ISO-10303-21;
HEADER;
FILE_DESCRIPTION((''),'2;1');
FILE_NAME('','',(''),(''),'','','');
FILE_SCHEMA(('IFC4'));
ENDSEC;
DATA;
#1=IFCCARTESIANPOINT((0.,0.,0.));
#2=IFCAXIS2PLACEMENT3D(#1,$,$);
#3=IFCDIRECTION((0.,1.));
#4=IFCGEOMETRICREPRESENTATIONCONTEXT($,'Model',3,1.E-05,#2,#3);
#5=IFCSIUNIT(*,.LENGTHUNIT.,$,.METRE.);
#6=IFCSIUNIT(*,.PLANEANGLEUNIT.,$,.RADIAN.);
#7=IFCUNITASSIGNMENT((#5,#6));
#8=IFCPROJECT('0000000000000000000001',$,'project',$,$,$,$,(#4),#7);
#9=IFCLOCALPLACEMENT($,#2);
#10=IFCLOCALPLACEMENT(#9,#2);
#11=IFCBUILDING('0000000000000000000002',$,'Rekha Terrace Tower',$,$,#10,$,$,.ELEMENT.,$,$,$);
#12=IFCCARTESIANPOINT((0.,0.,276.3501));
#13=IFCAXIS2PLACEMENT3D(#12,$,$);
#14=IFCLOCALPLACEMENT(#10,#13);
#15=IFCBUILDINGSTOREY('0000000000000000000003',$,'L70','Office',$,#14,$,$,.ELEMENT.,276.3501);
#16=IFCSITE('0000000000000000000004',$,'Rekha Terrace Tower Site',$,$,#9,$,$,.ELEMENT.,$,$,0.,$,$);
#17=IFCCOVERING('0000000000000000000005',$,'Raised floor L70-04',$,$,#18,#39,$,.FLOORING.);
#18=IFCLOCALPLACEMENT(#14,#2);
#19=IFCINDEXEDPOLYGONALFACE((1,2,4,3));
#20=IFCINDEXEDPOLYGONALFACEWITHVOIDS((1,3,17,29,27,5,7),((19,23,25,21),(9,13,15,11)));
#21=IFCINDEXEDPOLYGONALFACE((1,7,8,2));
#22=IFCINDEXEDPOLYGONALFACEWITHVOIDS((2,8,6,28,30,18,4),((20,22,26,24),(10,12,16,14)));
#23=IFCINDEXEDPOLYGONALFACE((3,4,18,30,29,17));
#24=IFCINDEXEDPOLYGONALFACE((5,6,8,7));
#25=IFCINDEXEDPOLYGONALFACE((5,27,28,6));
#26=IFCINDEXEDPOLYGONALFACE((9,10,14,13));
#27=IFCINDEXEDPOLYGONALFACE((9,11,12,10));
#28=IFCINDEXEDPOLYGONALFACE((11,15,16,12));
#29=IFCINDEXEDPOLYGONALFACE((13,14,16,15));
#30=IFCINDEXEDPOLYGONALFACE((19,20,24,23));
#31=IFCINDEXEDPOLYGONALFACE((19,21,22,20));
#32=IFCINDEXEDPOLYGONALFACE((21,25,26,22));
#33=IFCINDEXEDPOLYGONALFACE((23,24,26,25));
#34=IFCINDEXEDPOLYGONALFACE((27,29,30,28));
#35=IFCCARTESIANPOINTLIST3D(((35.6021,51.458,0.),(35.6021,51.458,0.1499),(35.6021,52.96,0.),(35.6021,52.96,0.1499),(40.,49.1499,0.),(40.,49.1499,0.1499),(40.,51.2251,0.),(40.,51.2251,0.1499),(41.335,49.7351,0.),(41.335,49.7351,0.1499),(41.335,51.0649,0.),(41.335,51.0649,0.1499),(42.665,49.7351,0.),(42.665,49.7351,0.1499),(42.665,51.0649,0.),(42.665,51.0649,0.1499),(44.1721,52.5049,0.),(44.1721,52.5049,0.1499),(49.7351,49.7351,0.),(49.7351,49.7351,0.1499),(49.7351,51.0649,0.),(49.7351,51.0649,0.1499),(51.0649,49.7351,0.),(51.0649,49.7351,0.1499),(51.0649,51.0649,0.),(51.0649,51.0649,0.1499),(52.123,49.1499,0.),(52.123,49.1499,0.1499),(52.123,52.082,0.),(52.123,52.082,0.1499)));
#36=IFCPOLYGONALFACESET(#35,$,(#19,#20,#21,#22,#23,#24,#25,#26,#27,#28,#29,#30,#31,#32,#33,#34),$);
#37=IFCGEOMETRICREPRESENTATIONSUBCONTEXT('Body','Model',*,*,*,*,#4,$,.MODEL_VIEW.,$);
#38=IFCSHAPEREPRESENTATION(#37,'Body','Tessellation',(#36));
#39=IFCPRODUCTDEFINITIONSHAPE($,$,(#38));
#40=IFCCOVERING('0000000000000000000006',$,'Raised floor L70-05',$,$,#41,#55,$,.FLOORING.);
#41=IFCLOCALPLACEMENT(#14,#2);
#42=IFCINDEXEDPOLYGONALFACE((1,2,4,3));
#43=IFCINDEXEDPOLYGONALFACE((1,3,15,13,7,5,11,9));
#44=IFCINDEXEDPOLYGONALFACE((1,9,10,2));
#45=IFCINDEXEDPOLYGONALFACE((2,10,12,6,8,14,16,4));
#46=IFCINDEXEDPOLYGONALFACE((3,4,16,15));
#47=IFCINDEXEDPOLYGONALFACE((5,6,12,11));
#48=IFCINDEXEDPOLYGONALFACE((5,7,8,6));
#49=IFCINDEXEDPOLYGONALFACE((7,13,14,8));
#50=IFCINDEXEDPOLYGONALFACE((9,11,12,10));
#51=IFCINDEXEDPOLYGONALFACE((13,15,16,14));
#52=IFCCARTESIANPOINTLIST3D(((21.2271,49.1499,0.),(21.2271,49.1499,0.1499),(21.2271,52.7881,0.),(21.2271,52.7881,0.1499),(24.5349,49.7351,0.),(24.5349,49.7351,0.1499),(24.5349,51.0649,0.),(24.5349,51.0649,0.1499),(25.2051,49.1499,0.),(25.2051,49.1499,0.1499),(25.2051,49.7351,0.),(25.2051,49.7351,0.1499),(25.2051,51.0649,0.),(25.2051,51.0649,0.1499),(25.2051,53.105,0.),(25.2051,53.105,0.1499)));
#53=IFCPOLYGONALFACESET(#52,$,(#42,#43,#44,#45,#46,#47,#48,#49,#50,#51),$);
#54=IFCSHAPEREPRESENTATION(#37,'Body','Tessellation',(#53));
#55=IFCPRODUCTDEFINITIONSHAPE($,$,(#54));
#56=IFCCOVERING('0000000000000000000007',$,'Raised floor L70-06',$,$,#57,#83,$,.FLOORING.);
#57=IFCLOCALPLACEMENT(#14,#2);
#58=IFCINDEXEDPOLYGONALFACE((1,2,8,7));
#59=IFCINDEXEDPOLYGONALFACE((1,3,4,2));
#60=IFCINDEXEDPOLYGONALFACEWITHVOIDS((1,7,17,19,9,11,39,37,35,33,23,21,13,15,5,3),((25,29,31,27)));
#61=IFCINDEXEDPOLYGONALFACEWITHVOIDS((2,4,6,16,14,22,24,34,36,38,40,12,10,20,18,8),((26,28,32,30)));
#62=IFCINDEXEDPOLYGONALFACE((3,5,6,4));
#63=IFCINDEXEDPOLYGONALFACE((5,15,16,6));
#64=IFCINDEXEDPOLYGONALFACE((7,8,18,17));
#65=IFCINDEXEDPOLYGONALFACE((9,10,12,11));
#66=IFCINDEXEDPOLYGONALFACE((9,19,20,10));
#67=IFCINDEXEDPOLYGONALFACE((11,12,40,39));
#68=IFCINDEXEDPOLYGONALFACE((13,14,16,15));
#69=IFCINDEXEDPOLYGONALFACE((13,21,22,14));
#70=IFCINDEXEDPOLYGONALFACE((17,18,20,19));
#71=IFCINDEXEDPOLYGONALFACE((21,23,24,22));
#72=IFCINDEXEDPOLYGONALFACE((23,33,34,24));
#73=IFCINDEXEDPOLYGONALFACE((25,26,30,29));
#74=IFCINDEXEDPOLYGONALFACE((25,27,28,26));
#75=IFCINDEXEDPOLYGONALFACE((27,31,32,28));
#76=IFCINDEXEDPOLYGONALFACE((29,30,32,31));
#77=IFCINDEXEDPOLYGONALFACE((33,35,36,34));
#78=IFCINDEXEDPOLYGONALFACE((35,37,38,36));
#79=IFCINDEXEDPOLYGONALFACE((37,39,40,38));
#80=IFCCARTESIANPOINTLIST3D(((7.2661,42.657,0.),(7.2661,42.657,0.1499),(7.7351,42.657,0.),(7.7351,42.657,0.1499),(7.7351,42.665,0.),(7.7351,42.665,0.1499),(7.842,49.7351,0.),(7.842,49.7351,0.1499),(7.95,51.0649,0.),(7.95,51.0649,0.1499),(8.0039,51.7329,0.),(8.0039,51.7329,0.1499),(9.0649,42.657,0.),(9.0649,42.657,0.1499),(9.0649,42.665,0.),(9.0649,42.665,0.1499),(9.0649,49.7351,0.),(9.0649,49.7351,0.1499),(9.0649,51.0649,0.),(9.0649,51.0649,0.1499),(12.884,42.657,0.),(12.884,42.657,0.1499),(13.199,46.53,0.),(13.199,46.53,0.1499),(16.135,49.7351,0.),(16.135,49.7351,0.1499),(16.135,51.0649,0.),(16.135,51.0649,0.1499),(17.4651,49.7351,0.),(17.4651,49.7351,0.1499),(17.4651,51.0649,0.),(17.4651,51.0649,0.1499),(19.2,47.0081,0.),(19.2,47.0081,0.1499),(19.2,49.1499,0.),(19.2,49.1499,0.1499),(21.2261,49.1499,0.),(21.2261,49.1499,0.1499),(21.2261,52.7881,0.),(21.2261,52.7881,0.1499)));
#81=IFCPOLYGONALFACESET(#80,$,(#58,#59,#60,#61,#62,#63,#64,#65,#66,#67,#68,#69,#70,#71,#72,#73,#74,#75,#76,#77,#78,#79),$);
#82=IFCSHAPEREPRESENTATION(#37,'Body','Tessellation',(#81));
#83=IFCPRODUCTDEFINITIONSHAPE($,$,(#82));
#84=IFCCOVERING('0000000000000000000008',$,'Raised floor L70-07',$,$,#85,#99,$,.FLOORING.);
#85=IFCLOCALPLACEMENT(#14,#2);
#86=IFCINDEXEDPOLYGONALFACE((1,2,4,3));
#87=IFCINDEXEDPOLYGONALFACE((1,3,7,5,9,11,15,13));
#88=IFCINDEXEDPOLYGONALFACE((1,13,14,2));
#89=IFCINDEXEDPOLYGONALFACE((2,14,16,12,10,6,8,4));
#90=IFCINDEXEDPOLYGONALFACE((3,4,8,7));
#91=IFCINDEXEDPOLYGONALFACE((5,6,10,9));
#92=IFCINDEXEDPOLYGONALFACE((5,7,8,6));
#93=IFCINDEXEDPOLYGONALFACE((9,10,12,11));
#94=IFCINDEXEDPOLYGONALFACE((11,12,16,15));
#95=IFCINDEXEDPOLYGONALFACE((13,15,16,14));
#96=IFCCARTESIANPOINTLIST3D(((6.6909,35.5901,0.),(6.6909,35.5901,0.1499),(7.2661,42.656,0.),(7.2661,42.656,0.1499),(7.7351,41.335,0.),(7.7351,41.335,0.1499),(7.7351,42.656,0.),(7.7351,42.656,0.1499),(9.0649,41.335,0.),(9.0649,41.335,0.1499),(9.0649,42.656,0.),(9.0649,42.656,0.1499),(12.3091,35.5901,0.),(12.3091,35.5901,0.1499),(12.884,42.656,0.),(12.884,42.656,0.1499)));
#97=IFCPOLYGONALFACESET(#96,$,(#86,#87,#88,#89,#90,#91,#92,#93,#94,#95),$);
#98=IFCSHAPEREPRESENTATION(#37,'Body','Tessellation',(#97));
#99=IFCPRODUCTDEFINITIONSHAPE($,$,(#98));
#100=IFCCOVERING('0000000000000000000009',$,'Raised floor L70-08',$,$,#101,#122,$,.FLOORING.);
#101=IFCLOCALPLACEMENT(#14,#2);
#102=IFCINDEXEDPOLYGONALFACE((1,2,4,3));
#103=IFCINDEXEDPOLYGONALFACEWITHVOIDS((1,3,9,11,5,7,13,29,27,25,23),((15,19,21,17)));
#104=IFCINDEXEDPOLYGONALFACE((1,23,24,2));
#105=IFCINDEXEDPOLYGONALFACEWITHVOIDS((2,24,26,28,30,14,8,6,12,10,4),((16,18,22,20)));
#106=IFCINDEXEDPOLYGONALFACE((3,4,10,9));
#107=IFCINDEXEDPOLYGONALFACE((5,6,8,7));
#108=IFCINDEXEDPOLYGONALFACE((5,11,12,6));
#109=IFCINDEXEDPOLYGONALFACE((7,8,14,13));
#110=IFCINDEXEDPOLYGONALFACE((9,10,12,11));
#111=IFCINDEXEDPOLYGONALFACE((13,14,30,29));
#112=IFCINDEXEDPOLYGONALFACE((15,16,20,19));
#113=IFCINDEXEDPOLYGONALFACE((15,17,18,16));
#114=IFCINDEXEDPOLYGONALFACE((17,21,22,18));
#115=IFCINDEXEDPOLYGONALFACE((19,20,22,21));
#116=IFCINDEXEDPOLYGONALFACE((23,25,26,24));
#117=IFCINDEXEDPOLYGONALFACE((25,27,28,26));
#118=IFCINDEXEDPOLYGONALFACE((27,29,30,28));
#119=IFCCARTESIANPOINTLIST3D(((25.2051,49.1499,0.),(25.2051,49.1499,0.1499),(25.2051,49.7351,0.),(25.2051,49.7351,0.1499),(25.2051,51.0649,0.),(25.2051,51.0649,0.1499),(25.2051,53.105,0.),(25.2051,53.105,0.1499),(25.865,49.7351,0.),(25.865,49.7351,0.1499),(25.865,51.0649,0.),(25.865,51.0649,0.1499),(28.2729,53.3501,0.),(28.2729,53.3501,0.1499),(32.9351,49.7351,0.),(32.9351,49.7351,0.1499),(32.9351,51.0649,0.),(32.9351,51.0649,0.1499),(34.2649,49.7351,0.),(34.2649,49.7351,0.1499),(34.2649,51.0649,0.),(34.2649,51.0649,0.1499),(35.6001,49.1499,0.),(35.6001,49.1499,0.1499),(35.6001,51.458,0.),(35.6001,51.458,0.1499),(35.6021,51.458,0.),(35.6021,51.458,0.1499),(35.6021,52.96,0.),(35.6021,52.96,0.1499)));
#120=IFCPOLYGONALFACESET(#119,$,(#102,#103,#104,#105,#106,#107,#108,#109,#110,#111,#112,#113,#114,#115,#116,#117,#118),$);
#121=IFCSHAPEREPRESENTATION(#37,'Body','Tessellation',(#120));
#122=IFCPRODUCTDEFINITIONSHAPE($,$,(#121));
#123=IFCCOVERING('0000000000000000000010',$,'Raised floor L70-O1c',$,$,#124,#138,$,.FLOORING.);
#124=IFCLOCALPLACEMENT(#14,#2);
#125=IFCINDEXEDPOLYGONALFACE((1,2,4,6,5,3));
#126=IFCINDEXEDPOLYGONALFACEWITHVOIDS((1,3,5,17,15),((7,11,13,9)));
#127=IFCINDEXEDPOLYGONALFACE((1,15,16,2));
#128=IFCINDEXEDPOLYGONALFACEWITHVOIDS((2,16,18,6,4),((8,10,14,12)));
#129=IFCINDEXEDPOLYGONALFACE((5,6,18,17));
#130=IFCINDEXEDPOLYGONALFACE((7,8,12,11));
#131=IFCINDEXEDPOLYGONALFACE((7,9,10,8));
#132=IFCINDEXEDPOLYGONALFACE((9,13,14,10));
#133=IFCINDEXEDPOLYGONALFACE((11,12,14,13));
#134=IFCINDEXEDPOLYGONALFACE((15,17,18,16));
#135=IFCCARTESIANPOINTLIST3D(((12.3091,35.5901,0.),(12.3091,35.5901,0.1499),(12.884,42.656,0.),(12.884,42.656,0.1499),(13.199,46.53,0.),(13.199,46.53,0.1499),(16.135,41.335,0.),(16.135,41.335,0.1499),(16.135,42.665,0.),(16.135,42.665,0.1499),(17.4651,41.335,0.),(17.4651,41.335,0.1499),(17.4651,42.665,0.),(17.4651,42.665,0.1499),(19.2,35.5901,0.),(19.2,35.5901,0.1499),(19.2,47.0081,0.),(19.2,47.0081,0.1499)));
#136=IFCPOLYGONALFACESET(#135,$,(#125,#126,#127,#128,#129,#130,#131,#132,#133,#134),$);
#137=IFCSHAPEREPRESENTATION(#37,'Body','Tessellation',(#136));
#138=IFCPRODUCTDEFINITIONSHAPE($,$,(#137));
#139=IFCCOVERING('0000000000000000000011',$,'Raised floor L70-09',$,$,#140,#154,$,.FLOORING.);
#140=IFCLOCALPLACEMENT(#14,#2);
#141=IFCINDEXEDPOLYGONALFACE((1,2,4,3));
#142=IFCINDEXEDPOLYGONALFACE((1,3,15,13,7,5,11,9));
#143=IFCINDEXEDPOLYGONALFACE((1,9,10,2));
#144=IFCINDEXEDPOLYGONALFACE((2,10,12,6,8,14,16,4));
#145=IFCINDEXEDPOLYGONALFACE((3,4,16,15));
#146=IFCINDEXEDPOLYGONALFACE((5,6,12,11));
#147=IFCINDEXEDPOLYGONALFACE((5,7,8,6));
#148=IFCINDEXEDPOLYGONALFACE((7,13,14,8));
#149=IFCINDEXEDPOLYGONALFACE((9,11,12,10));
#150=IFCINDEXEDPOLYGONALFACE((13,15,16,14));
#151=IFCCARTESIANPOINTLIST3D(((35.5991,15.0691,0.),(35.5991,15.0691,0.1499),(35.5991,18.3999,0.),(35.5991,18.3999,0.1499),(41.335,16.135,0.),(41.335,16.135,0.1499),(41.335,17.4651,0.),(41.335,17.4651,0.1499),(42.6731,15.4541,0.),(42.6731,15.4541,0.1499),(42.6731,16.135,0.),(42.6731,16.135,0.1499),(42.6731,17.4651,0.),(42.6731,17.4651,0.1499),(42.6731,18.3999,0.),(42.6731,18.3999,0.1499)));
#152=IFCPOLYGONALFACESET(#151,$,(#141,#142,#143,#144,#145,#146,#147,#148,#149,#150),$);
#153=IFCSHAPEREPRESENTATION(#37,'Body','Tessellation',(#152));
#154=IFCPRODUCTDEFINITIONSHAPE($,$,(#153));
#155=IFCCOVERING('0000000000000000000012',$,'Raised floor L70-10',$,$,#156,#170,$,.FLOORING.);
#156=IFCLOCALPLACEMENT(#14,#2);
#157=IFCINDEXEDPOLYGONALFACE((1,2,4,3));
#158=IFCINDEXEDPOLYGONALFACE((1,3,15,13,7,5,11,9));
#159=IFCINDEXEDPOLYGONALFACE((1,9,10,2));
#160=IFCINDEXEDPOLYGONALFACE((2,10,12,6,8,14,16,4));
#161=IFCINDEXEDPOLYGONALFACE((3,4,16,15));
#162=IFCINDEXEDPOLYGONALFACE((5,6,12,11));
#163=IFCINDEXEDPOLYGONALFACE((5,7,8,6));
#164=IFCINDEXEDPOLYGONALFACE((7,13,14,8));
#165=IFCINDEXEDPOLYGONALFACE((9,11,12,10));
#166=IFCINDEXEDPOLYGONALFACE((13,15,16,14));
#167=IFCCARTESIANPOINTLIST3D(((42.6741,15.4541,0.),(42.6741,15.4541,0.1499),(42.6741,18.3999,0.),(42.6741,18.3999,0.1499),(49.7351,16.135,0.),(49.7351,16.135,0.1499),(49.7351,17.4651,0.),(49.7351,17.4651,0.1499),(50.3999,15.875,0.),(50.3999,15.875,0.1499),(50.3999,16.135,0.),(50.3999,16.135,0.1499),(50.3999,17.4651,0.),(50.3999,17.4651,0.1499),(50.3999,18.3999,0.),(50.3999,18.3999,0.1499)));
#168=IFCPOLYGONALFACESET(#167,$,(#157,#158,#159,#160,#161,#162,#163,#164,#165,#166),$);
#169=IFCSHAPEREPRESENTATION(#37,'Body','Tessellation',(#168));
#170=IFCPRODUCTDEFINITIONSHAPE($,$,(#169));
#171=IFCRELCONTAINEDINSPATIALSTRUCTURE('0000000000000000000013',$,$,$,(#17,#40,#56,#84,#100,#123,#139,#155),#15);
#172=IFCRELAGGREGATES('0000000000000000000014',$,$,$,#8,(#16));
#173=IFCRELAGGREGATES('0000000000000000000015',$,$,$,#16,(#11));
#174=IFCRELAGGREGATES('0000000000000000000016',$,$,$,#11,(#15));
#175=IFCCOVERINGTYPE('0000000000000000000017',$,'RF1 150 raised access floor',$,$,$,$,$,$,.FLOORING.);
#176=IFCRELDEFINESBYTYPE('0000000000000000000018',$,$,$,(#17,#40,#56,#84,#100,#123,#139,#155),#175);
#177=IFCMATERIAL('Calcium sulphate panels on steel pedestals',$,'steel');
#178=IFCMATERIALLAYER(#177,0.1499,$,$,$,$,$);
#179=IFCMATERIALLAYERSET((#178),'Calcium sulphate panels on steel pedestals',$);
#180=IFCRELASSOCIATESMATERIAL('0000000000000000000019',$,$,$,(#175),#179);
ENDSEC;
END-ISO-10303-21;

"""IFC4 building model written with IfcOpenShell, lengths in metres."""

from ifc_helpers import new_model, si_unit, direction, frame, origin, place, context, subcontext, project, spatial, polyline, outline, extrude, material, layer, layer_set, type_object, element, save


model = new_model("IFC4")

# Units and contexts
model_context = context("Model", 3, precision=1e-05, world=origin(), true_north=direction((0.0, 1.0)))
body_context = subcontext(model_context, "Body", "Model", "MODEL_VIEW")
ifc_project = project(units=[si_unit("LENGTHUNIT", "METRE"), si_unit("PLANEANGLEUNIT", "RADIAN")], contexts=[model_context])

# Site, building, storey
site_placement = place(None, origin())
site = spatial("IfcSite", under=ifc_project, at=site_placement, Name="Rekha Terrace Tower Site", CompositionType="ELEMENT", RefElevation=0.0)
building_placement = place(site_placement, origin())
building = spatial("IfcBuilding", under=site, at=building_placement, Name="Rekha Terrace Tower", CompositionType="ELEMENT")
storey_placement = place(building_placement, frame((0.0, 0.0, 276.3501)))
storey = spatial("IfcBuildingStorey", under=building, at=storey_placement, Name="L70", Description="Office", CompositionType="ELEMENT", Elevation=276.3501)

# Coverings
ifc_material_1 = material(Name="Calcium sulphate panels on steel pedestals", Category="steel")
ifc_layer_1 = layer(ifc_material_1, 0.1499)
ifc_layer_set_1 = layer_set([ifc_layer_1], Name="Calcium sulphate panels on steel pedestals")
covering_type_1 = type_object("IfcCoveringType", Name="RF1 150 raised access floor", PredefinedType="FLOORING", material=ifc_layer_set_1)
covering_1_placement = place(storey_placement, origin())
element("IfcCovering", 1, at=covering_1_placement, inside=storey, type_object=covering_type_1, Name="Raised floor L70-04", PredefinedType="FLOORING", context=body_context, shape_type="SweptSolid", body=[
    extrude(outline(polyline([(44.1721, 52.5049), (35.6021, 52.96), (35.6021, 51.458), (40.0, 51.2251), (40.0, 49.1499), (52.123, 49.1499), (52.123, 52.082), (44.1721, 52.5049)]), holes=[polyline([(51.0649, 51.0649), (51.0649, 49.7351), (49.7351, 49.7351), (49.7351, 51.0649), (51.0649, 51.0649)]), polyline([(42.665, 49.7351), (41.335, 49.7351), (41.335, 51.0649), (42.665, 51.0649), (42.665, 49.7351)])]), origin(), (0.0, 0.0, 1.0), 0.1499),
])
covering_2_placement = place(storey_placement, origin())
element("IfcCovering", 2, at=covering_2_placement, inside=storey, type_object=covering_type_1, Name="Raised floor L70-05", PredefinedType="FLOORING", context=body_context, shape_type="SweptSolid", body=[
    extrude(outline(polyline([(25.2051, 51.0649), (25.2051, 53.105), (21.2271, 52.7881), (21.2271, 49.1499), (25.2051, 49.1499), (25.2051, 49.7351), (24.5349, 49.7351), (24.5349, 51.0649), (25.2051, 51.0649)])), origin(), (0.0, 0.0, 1.0), 0.1499),
])
covering_3_placement = place(storey_placement, origin())
element("IfcCovering", 3, at=covering_3_placement, inside=storey, type_object=covering_type_1, Name="Raised floor L70-06", PredefinedType="FLOORING", context=body_context, shape_type="SweptSolid", body=[
    extrude(outline(polyline([(7.2661, 42.657), (7.7351, 42.657), (7.7351, 42.665), (9.0649, 42.665), (9.0649, 42.657), (12.884, 42.657), (13.199, 46.53), (19.2, 47.0081), (19.2, 49.1499), (21.2261, 49.1499), (21.2261, 52.7881), (8.0039, 51.7329), (7.95, 51.0649), (9.0649, 51.0649), (9.0649, 49.7351), (7.842, 49.7351), (7.2661, 42.657)]), holes=[polyline([(17.4651, 49.7351), (16.135, 49.7351), (16.135, 51.0649), (17.4651, 51.0649), (17.4651, 49.7351)])]), origin(), (0.0, 0.0, 1.0), 0.1499),
])
covering_4_placement = place(storey_placement, origin())
element("IfcCovering", 4, at=covering_4_placement, inside=storey, type_object=covering_type_1, Name="Raised floor L70-07", PredefinedType="FLOORING", context=body_context, shape_type="SweptSolid", body=[
    extrude(outline(polyline([(7.7351, 42.656), (7.2661, 42.656), (6.6909, 35.5901), (12.3091, 35.5901), (12.884, 42.656), (9.0649, 42.656), (9.0649, 41.335), (7.7351, 41.335), (7.7351, 42.656)])), origin(), (0.0, 0.0, 1.0), 0.1499),
])
covering_5_placement = place(storey_placement, origin())
element("IfcCovering", 5, at=covering_5_placement, inside=storey, type_object=covering_type_1, Name="Raised floor L70-08", PredefinedType="FLOORING", context=body_context, shape_type="SweptSolid", body=[
    extrude(outline(polyline([(35.6021, 52.96), (28.2729, 53.3501), (25.2051, 53.105), (25.2051, 51.0649), (25.865, 51.0649), (25.865, 49.7351), (25.2051, 49.7351), (25.2051, 49.1499), (35.6001, 49.1499), (35.6001, 51.458), (35.6021, 51.458), (35.6021, 52.96)]), holes=[polyline([(34.2649, 49.7351), (32.9351, 49.7351), (32.9351, 51.0649), (34.2649, 51.0649), (34.2649, 49.7351)])]), origin(), (0.0, 0.0, 1.0), 0.1499),
])
covering_6_placement = place(storey_placement, origin())
element("IfcCovering", 6, at=covering_6_placement, inside=storey, type_object=covering_type_1, Name="Raised floor L70-O1c", PredefinedType="FLOORING", context=body_context, shape_type="SweptSolid", body=[
    extrude(outline(polyline([(13.199, 46.53), (12.884, 42.656), (12.3091, 35.5901), (19.2, 35.5901), (19.2, 47.0081), (13.199, 46.53)]), holes=[polyline([(17.4651, 41.335), (16.135, 41.335), (16.135, 42.665), (17.4651, 42.665), (17.4651, 41.335)])]), origin(), (0.0, 0.0, 1.0), 0.1499),
])
covering_7_placement = place(storey_placement, origin())
element("IfcCovering", 7, at=covering_7_placement, inside=storey, type_object=covering_type_1, Name="Raised floor L70-09", PredefinedType="FLOORING", context=body_context, shape_type="SweptSolid", body=[
    extrude(outline(polyline([(35.5991, 18.3999), (35.5991, 15.0691), (42.6731, 15.4541), (42.6731, 16.135), (41.335, 16.135), (41.335, 17.4651), (42.6731, 17.4651), (42.6731, 18.3999), (35.5991, 18.3999)])), origin(), (0.0, 0.0, 1.0), 0.1499),
])
covering_8_placement = place(storey_placement, origin())
element("IfcCovering", 8, at=covering_8_placement, inside=storey, type_object=covering_type_1, Name="Raised floor L70-10", PredefinedType="FLOORING", context=body_context, shape_type="SweptSolid", body=[
    extrude(outline(polyline([(42.6741, 18.3999), (42.6741, 15.4541), (50.3999, 15.875), (50.3999, 16.135), (49.7351, 16.135), (49.7351, 17.4651), (50.3999, 17.4651), (50.3999, 18.3999), (42.6741, 18.3999)])), origin(), (0.0, 0.0, 1.0), 0.1499),
])

save(model, "model.ifc")
